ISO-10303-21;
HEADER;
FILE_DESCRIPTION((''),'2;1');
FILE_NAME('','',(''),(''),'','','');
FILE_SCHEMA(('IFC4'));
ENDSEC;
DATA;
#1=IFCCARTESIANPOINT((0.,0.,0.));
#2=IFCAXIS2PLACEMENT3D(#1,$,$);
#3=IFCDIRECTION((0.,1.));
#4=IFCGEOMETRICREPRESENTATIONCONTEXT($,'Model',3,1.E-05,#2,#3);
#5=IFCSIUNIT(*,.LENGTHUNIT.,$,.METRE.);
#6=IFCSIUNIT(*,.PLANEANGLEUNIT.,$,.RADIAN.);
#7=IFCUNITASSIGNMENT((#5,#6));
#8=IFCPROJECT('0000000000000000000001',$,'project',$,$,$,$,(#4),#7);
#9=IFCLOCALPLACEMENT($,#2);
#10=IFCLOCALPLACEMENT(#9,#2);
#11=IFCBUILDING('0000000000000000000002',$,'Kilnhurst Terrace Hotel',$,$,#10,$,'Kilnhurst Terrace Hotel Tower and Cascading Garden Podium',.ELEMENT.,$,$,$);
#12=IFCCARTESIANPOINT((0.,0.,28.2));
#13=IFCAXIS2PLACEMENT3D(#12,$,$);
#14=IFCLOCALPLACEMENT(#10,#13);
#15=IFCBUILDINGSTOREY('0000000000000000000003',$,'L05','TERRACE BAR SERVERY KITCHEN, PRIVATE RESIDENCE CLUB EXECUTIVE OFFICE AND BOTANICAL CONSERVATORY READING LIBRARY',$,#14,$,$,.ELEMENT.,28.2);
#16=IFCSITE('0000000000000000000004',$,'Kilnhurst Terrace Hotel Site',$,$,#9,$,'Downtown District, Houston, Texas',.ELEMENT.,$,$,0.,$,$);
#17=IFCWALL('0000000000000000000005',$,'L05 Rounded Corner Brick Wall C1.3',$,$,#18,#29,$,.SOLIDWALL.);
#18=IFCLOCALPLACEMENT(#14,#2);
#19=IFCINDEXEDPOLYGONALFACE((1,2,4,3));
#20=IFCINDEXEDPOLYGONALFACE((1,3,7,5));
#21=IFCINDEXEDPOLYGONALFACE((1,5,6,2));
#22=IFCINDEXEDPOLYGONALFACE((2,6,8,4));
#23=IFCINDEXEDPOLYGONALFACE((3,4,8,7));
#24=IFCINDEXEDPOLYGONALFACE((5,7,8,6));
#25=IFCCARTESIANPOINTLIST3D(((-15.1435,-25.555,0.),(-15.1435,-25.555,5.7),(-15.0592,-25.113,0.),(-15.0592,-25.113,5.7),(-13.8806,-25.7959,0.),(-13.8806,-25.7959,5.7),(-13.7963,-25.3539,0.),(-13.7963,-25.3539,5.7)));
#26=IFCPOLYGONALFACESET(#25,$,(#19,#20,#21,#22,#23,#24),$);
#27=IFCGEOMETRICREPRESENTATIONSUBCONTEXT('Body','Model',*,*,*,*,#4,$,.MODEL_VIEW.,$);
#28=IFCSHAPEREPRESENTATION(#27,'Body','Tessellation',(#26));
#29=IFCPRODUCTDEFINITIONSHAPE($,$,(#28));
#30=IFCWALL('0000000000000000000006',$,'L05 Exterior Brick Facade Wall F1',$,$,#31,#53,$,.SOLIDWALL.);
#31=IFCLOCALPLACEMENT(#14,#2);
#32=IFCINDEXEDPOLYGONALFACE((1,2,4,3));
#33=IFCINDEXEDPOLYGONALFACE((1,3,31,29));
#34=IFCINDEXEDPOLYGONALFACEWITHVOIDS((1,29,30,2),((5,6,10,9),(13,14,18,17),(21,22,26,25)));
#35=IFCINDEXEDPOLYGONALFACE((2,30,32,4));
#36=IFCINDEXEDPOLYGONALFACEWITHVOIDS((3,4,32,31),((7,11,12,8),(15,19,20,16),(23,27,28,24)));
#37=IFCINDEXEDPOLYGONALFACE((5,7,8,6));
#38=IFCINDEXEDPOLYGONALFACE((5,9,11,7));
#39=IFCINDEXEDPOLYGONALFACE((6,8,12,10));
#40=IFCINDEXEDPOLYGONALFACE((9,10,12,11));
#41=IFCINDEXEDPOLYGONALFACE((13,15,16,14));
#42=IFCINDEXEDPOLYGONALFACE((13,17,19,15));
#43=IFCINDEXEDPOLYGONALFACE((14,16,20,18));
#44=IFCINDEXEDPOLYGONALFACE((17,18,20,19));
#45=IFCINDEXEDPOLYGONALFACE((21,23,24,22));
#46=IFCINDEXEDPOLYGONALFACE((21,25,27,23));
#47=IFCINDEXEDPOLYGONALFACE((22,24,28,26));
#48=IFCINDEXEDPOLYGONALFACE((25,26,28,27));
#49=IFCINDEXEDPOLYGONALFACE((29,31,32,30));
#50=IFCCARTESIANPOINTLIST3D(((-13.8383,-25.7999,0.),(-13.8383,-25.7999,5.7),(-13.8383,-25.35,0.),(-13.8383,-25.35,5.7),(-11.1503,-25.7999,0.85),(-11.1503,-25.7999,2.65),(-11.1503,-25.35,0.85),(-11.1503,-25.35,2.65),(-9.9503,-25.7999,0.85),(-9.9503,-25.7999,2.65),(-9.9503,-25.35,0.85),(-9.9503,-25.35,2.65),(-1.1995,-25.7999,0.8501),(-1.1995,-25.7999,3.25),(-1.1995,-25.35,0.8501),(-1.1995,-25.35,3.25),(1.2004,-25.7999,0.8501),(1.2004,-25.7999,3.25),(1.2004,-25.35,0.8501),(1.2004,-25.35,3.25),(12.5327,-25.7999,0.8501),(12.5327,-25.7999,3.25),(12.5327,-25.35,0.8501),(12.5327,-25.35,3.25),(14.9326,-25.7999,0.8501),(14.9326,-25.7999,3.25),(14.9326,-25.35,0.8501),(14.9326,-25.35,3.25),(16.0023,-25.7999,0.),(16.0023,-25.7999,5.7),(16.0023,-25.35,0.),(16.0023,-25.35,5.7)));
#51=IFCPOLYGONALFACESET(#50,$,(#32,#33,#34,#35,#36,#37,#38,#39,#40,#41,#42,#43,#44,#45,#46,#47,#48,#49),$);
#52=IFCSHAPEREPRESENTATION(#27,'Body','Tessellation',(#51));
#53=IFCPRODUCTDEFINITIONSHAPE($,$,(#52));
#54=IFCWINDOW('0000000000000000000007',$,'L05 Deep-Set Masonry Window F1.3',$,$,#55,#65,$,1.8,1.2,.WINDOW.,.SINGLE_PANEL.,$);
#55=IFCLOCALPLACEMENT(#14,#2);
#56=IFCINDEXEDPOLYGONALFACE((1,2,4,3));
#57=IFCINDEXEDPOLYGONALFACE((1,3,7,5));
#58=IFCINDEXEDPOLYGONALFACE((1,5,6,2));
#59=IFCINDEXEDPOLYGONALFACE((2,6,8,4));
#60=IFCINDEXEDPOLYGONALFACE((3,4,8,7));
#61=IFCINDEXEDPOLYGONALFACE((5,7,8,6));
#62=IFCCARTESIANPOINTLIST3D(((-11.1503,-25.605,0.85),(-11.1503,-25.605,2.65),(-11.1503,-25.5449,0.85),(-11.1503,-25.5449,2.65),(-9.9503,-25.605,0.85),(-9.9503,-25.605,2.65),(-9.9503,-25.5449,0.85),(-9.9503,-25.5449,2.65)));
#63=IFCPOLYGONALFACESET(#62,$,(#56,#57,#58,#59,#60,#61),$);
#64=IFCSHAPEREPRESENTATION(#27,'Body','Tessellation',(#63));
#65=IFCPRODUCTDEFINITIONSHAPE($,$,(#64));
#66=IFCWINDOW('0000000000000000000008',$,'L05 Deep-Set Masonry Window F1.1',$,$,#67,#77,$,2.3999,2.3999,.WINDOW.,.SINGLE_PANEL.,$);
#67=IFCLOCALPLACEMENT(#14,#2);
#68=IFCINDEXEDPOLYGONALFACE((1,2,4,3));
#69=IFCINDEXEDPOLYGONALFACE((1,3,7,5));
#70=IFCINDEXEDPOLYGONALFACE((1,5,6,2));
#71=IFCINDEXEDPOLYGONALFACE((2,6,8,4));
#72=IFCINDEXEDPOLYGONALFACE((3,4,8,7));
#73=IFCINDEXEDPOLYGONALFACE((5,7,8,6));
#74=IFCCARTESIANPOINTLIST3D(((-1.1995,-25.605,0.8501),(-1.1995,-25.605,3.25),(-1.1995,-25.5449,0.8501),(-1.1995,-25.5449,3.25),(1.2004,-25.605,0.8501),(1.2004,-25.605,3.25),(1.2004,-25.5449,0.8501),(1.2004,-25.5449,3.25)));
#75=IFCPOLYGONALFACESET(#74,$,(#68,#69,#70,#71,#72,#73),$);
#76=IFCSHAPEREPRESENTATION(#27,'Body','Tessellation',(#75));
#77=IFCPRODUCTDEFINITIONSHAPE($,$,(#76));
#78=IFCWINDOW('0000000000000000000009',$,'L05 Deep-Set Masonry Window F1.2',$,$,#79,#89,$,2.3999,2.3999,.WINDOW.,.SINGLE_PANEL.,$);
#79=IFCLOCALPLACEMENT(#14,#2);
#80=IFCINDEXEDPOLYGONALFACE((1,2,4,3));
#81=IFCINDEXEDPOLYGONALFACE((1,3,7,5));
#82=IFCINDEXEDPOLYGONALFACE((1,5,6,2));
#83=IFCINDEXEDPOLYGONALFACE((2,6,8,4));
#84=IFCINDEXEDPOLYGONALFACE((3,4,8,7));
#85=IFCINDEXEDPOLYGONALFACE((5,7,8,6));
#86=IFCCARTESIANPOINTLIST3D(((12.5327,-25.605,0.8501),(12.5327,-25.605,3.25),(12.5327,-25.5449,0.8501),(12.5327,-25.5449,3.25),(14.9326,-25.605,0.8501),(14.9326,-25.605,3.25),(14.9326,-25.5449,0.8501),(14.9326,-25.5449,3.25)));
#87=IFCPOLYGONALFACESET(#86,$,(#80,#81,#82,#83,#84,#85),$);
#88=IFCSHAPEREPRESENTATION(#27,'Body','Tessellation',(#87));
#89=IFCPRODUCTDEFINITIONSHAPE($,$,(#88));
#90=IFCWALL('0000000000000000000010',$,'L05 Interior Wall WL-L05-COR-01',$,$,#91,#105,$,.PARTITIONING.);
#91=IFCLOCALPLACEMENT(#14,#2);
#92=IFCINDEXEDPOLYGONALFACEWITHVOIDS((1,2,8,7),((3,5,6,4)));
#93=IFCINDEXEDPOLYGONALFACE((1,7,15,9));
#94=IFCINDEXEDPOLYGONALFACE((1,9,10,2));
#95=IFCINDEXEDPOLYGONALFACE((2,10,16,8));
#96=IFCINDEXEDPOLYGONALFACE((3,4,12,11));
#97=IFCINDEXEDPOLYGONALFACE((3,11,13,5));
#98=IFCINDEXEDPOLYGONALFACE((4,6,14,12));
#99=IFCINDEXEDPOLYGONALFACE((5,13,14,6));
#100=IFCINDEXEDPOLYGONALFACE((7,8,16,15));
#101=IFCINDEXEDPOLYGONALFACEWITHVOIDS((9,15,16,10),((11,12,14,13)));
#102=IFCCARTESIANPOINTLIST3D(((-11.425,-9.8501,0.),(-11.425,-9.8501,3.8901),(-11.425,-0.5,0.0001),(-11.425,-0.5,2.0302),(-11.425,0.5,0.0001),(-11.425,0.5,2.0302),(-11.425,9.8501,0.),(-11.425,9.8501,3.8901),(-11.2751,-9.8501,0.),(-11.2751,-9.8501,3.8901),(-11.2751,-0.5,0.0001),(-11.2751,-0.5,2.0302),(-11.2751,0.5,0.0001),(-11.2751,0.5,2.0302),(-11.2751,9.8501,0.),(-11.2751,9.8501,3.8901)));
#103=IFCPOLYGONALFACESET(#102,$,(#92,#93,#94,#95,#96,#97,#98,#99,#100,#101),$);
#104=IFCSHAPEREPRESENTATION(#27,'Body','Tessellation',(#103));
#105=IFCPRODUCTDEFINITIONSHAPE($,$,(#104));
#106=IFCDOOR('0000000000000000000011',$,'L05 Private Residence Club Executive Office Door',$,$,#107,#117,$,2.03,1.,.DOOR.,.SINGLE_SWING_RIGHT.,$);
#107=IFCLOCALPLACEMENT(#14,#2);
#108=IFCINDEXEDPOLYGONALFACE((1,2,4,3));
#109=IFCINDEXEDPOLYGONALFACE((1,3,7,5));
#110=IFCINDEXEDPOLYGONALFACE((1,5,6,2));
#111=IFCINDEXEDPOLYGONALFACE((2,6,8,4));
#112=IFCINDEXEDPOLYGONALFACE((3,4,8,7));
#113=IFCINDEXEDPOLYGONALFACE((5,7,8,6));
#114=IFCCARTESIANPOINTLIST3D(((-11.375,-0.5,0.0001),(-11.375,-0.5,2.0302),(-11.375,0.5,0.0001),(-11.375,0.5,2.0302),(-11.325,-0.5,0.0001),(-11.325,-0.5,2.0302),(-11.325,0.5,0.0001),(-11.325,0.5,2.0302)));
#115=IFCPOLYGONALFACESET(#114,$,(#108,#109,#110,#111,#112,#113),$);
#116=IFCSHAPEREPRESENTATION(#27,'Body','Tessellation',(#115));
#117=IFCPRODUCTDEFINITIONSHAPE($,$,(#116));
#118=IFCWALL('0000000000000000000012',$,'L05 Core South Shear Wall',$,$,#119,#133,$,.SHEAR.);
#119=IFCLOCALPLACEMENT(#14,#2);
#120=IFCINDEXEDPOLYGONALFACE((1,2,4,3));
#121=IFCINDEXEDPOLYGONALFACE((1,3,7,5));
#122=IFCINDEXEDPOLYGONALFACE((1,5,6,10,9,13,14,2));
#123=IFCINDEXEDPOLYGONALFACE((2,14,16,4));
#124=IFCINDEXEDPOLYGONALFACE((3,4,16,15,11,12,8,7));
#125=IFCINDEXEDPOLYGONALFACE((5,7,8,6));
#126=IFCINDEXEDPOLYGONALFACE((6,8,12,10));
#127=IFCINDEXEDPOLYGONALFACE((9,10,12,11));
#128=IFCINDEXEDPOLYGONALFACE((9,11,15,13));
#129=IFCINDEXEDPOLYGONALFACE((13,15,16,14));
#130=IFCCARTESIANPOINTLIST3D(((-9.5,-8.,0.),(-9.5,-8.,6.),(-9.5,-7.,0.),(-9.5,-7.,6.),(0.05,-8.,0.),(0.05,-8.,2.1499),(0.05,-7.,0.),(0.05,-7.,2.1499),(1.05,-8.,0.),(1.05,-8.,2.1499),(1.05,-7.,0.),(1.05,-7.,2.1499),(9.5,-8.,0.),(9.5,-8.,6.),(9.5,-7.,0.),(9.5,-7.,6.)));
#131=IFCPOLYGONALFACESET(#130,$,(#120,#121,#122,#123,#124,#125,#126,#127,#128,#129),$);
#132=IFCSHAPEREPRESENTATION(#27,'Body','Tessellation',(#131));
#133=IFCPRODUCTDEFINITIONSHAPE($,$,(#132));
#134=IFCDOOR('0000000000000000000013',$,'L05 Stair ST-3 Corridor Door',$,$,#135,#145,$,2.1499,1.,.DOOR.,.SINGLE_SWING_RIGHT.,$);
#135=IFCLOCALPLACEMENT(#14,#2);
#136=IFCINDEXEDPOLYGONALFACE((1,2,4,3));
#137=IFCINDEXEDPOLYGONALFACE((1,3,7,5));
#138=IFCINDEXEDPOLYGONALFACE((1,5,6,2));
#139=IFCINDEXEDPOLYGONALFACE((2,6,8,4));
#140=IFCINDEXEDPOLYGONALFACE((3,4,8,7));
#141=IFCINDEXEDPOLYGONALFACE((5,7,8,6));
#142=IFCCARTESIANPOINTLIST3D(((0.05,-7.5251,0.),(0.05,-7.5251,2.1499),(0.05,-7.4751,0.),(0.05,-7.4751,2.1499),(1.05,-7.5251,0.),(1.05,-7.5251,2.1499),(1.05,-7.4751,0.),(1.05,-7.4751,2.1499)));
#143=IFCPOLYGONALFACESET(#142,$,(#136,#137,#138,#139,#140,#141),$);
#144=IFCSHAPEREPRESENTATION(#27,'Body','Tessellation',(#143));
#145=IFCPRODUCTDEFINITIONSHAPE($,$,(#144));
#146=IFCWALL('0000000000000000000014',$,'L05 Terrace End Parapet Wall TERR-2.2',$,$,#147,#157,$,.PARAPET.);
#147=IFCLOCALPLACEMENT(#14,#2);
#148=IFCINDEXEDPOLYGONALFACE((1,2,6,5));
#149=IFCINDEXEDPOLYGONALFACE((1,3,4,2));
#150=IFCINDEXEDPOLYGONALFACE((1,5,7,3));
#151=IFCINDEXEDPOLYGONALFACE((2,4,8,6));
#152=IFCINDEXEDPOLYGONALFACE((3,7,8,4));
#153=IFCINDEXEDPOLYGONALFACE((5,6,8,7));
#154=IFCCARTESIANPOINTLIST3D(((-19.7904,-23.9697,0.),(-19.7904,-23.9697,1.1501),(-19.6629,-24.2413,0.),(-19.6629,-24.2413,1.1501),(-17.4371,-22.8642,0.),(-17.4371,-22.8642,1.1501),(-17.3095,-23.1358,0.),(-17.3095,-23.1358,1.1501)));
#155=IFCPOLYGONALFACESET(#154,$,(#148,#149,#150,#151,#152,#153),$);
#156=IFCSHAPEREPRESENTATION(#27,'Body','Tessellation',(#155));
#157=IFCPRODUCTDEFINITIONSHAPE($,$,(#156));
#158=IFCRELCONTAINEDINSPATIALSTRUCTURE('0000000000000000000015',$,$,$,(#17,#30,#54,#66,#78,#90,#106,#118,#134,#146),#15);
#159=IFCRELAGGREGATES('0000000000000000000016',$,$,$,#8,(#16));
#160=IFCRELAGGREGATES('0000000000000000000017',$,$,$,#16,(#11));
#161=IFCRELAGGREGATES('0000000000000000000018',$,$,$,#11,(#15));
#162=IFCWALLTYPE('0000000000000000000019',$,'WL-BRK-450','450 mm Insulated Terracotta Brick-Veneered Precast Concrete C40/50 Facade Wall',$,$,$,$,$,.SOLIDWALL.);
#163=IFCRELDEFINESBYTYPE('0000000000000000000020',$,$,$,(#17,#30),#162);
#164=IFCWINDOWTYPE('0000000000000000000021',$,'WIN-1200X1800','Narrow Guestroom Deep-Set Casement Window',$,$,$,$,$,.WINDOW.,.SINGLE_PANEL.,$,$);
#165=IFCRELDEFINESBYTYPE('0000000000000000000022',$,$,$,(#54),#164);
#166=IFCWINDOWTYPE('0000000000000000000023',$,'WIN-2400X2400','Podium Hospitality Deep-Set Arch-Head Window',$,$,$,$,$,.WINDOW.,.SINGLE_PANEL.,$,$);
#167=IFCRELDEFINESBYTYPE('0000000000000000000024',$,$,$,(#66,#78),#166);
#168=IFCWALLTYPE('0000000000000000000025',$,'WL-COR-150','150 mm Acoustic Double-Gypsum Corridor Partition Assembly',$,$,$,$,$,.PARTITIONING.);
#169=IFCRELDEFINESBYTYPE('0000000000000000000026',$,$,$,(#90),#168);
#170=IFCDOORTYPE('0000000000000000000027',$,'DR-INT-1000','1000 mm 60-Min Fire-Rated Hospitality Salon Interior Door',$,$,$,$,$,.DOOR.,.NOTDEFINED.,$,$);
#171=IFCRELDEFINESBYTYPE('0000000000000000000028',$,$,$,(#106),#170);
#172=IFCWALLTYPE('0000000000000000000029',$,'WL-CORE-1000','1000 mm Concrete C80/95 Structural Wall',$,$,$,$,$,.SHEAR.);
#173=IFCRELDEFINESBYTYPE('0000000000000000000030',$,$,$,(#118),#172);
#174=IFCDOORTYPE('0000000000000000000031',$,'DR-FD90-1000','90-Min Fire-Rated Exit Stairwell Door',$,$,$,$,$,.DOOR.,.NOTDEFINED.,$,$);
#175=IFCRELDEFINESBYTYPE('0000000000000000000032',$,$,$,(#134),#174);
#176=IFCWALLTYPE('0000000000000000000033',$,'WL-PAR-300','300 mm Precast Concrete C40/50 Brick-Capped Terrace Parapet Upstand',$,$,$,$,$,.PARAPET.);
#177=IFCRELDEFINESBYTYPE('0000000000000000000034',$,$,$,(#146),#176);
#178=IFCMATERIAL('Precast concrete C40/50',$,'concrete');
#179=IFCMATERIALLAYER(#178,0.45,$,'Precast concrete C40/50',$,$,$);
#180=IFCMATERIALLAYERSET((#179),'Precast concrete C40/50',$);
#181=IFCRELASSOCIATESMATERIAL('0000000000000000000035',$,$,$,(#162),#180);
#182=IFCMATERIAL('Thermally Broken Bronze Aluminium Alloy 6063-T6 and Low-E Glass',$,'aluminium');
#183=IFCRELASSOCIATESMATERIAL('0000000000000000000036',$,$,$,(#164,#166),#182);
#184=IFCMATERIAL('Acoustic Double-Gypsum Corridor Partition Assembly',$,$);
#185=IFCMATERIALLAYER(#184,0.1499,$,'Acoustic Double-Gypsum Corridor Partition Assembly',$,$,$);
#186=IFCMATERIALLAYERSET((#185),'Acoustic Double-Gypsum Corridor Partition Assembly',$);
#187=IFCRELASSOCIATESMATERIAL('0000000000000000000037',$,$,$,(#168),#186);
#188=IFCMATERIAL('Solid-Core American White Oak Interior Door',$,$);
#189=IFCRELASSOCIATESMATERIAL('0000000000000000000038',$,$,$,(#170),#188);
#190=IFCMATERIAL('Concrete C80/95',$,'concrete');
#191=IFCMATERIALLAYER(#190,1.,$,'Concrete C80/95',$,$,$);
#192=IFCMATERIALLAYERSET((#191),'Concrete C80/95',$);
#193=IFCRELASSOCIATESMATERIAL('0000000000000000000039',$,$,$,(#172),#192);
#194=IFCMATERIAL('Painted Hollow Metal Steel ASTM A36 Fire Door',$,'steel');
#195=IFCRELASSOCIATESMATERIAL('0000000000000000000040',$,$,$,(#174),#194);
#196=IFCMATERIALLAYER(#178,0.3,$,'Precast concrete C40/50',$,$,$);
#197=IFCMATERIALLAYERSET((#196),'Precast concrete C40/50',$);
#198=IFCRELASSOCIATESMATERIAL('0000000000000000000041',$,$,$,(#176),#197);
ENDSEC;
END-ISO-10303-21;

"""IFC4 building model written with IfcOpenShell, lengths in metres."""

from ifc_helpers import new_model, si_unit, direction, frame, frame_2d, origin, place, context, subcontext, project, spatial, rectangle, extrude, material, layer, layer_set, type_object, element, fill, save


model = new_model("IFC4")

# Units and contexts
model_context = context("Model", 3, precision=1e-05, world=origin(), true_north=direction((0.0, 1.0)))
body_context = subcontext(model_context, "Body", "Model", "MODEL_VIEW")
ifc_project = project(units=[si_unit("LENGTHUNIT", "METRE"), si_unit("PLANEANGLEUNIT", "RADIAN")], contexts=[model_context])

# Site, building, storey
site_placement = place(None, origin())
site = spatial("IfcSite", under=ifc_project, at=site_placement, Name="Kilnhurst Terrace Hotel Site", LongName="Downtown District, Houston, Texas", CompositionType="ELEMENT", RefElevation=0.0)
building_placement = place(site_placement, origin())
building = spatial("IfcBuilding", under=site, at=building_placement, Name="Kilnhurst Terrace Hotel", LongName="Kilnhurst Terrace Hotel Tower and Cascading Garden Podium", CompositionType="ELEMENT")
storey_placement = place(building_placement, frame((0.0, 0.0, 28.2)))
storey = spatial("IfcBuildingStorey", under=building, at=storey_placement, Name="L05", Description="TERRACE BAR SERVERY KITCHEN, PRIVATE RESIDENCE CLUB EXECUTIVE OFFICE AND BOTANICAL CONSERVATORY READING LIBRARY", CompositionType="ELEMENT", Elevation=28.2)

# Shared definitions
ifc_material_1 = material(Name="Concrete C80/95", Category="concrete")

# Wall
ifc_material_2 = material(Name="Precast concrete C40/50", Category="concrete")
ifc_layer_1 = layer(ifc_material_2, 0.45, Name="Precast concrete C40/50")
ifc_layer_set_1 = layer_set([ifc_layer_1], Name="Precast concrete C40/50")
wall_type_1 = type_object("IfcWallType", Name="WL-BRK-450", Description="450 mm Insulated Terracotta Brick-Veneered Precast Concrete C40/50 Facade Wall", PredefinedType="SOLIDWALL", material=ifc_layer_set_1)
wall_1_placement = place(storey_placement, frame((-15.1013, -25.334, 0.0), z_axis=(0.0, 0.0, 1.0), x_axis=(0.98228, -0.187417, 0.0)))
element("IfcWall", 1, at=wall_1_placement, inside=storey, type_object=wall_type_1, Name="L05 Rounded Corner Brick Wall C1.3", PredefinedType="SOLIDWALL", context=body_context, shape_type="SweptSolid", body=[
    extrude(rectangle(XDim=1.2856, YDim=0.45, at=frame_2d((0.6428, 0.0))), origin(), (0.0, 0.0, 1.0), 5.7),
])

# Wall, openings, windows
wall_2_placement = place(storey_placement, frame((-13.8384, -25.575, 0.0), z_axis=(0.0, 0.0, 1.0), x_axis=(1.0, 0.0, 0.0)))
wall_2 = element("IfcWall", 2, at=wall_2_placement, inside=storey, type_object=wall_type_1, Name="L05 Exterior Brick Facade Wall F1", PredefinedType="SOLIDWALL", context=body_context, shape_type="SweptSolid", body=[
    extrude(rectangle(XDim=29.8406, YDim=0.45, at=frame_2d((14.9204, 0.0))), origin(), (0.0, 0.0, 1.0), 5.7),
])
opening_1_placement = place(wall_2_placement, frame((12.6389, 0.0, 0.8501)))
opening_1 = element("IfcOpeningElement", 3, at=opening_1_placement, cuts=wall_2, PredefinedType="OPENING", context=body_context, shape_type="SweptSolid", body=[
    extrude(rectangle(XDim=2.3999, YDim=2.3999, at=frame_2d((1.2, 1.2))), frame((0.0, 0.2349, 0.0), z_axis=(0.0, -1.0, 0.0), x_axis=(1.0, 0.0, 0.0)), (0.0, 0.0, 1.0), 0.47),
])
opening_2_placement = place(wall_2_placement, frame((26.3711, 0.0, 0.8501)))
opening_2 = element("IfcOpeningElement", 4, at=opening_2_placement, cuts=wall_2, PredefinedType="OPENING", context=body_context, shape_type="SweptSolid", body=[
    extrude(rectangle(XDim=2.3999, YDim=2.3999, at=frame_2d((1.2, 1.2))), frame((0.0, 0.2349, 0.0), z_axis=(0.0, -1.0, 0.0), x_axis=(1.0, 0.0, 0.0)), (0.0, 0.0, 1.0), 0.47),
])
opening_3_placement = place(wall_2_placement, frame((2.688, 0.0, 0.8501)))
opening_3 = element("IfcOpeningElement", 5, at=opening_3_placement, cuts=wall_2, PredefinedType="OPENING", context=body_context, shape_type="SweptSolid", body=[
    extrude(rectangle(XDim=1.2, YDim=1.8, at=frame_2d((0.6001, 0.8999))), frame((0.0, 0.2349, 0.0), z_axis=(0.0, -1.0, 0.0), x_axis=(1.0, 0.0, 0.0)), (0.0, 0.0, 1.0), 0.47),
])
ifc_material_3 = material(Name="Thermally Broken Bronze Aluminium Alloy 6063-T6 and Low-E Glass", Category="aluminium")
window_type_1 = type_object("IfcWindowType", Name="WIN-1200X1800", Description="Narrow Guestroom Deep-Set Casement Window", PartitioningType="SINGLE_PANEL", PredefinedType="WINDOW", material=ifc_material_3)
window_1_placement = place(opening_3_placement, origin())
window_1 = element("IfcWindow", 6, at=window_1_placement, inside=storey, type_object=window_type_1, Name="L05 Deep-Set Masonry Window F1.3", OverallHeight=1.8, OverallWidth=1.2, PartitioningType="SINGLE_PANEL", PredefinedType="WINDOW", context=body_context, shape_type="SweptSolid", body=[
    extrude(rectangle(XDim=1.2, YDim=1.8, at=frame_2d((0.6001, 0.8999))), frame((0.0, 0.03, 0.0), z_axis=(0.0, -1.0, 0.0), x_axis=(1.0, 0.0, 0.0)), (0.0, 0.0, 1.0), 0.0601),
])
fill(opening_3, window_1)
window_type_2 = type_object("IfcWindowType", Name="WIN-2400X2400", Description="Podium Hospitality Deep-Set Arch-Head Window", PartitioningType="SINGLE_PANEL", PredefinedType="WINDOW", material=ifc_material_3)
window_2_placement = place(opening_1_placement, origin())
window_2 = element("IfcWindow", 7, at=window_2_placement, inside=storey, type_object=window_type_2, Name="L05 Deep-Set Masonry Window F1.1", OverallHeight=2.3999, OverallWidth=2.3999, PartitioningType="SINGLE_PANEL", PredefinedType="WINDOW", context=body_context, shape_type="SweptSolid", body=[
    extrude(rectangle(XDim=2.3999, YDim=2.3999, at=frame_2d((1.2, 1.2))), frame((0.0, 0.03, 0.0), z_axis=(0.0, -1.0, 0.0), x_axis=(1.0, 0.0, 0.0)), (0.0, 0.0, 1.0), 0.0601),
])
fill(opening_1, window_2)
window_3_placement = place(opening_2_placement, origin())
window_3 = element("IfcWindow", 8, at=window_3_placement, inside=storey, type_object=window_type_2, Name="L05 Deep-Set Masonry Window F1.2", OverallHeight=2.3999, OverallWidth=2.3999, PartitioningType="SINGLE_PANEL", PredefinedType="WINDOW", context=body_context, shape_type="SweptSolid", body=[
    extrude(rectangle(XDim=2.3999, YDim=2.3999, at=frame_2d((1.2, 1.2))), frame((0.0, 0.03, 0.0), z_axis=(0.0, -1.0, 0.0), x_axis=(1.0, 0.0, 0.0)), (0.0, 0.0, 1.0), 0.0601),
])
fill(opening_2, window_3)

# Walls, openings, doors
ifc_material_4 = material(Name="Acoustic Double-Gypsum Corridor Partition Assembly")
ifc_layer_2 = layer(ifc_material_4, 0.1499, Name="Acoustic Double-Gypsum Corridor Partition Assembly")
ifc_layer_set_2 = layer_set([ifc_layer_2], Name="Acoustic Double-Gypsum Corridor Partition Assembly")
wall_type_2 = type_object("IfcWallType", Name="WL-COR-150", Description="150 mm Acoustic Double-Gypsum Corridor Partition Assembly", PredefinedType="PARTITIONING", material=ifc_layer_set_2)
wall_3_placement = place(storey_placement, frame((-11.3501, -9.8501, 0.0), z_axis=(0.0, 0.0, 1.0), x_axis=(0.0, 1.0, 0.0)))
wall_3 = element("IfcWall", 9, at=wall_3_placement, inside=storey, type_object=wall_type_2, Name="L05 Interior Wall WL-L05-COR-01", PredefinedType="PARTITIONING", context=body_context, shape_type="SweptSolid", body=[
    extrude(rectangle(XDim=19.7002, YDim=0.1499, at=frame_2d((9.8501, 0.0))), origin(), (0.0, 0.0, 1.0), 3.8901),
])
opening_4_placement = place(wall_3_placement, frame((9.3501, 0.0, 0.0)))
opening_4 = element("IfcOpeningElement", 10, at=opening_4_placement, cuts=wall_3, PredefinedType="OPENING", context=body_context, shape_type="SweptSolid", body=[
    extrude(rectangle(XDim=1.0, YDim=2.03, at=frame_2d((0.5, 1.0151))), frame((0.0, 0.085, 0.0), z_axis=(0.0, -1.0, 0.0), x_axis=(1.0, 0.0, 0.0)), (0.0, 0.0, 1.0), 0.1699),
])
ifc_material_5 = material(Name="Solid-Core American White Oak Interior Door")
door_type_1 = type_object("IfcDoorType", Name="DR-INT-1000", Description="1000 mm 60-Min Fire-Rated Hospitality Salon Interior Door", OperationType="NOTDEFINED", PredefinedType="DOOR", material=ifc_material_5)
door_1_placement = place(opening_4_placement, origin())
door_1 = element("IfcDoor", 11, at=door_1_placement, inside=storey, type_object=door_type_1, Name="L05 Private Residence Club Executive Office Door", OperationType="SINGLE_SWING_RIGHT", OverallHeight=2.03, OverallWidth=1.0, PredefinedType="DOOR", context=body_context, shape_type="SweptSolid", body=[
    extrude(rectangle(XDim=1.0, YDim=2.03, at=frame_2d((0.5, 1.0151))), frame((0.0, 0.0249, 0.0), z_axis=(0.0, -1.0, 0.0), x_axis=(1.0, 0.0, 0.0)), (0.0, 0.0, 1.0), 0.05),
])
fill(opening_4, door_1)
ifc_layer_3 = layer(ifc_material_1, 1.0, Name="Concrete C80/95")
ifc_layer_set_3 = layer_set([ifc_layer_3], Name="Concrete C80/95")
wall_type_3 = type_object("IfcWallType", Name="WL-CORE-1000", Description="1000 mm Concrete C80/95 Structural Wall", PredefinedType="SHEAR", material=ifc_layer_set_3)
wall_4_placement = place(storey_placement, frame((-9.5, -7.5, 0.0), z_axis=(0.0, 0.0, 1.0), x_axis=(1.0, 0.0, 0.0)))
wall_4 = element("IfcWall", 12, at=wall_4_placement, inside=storey, type_object=wall_type_3, Name="L05 Core South Shear Wall", PredefinedType="SHEAR", context=body_context, shape_type="SweptSolid", body=[
    extrude(rectangle(XDim=19.0, YDim=1.0, at=frame_2d((9.5, 0.0))), origin(), (0.0, 0.0, 1.0), 6.0),
])
opening_5_placement = place(wall_4_placement, frame((9.55, 0.0, 0.0)))
opening_5 = element("IfcOpeningElement", 13, at=opening_5_placement, cuts=wall_4, PredefinedType="OPENING", context=body_context, shape_type="SweptSolid", body=[
    extrude(rectangle(XDim=1.0, YDim=2.1499, at=frame_2d((0.5, 1.075))), frame((0.0, 0.51, 0.0), z_axis=(0.0, -1.0, 0.0), x_axis=(1.0, 0.0, 0.0)), (0.0, 0.0, 1.0), 1.02),
])
ifc_material_6 = material(Name="Painted Hollow Metal Steel ASTM A36 Fire Door", Category="steel")
door_type_2 = type_object("IfcDoorType", Name="DR-FD90-1000", Description="90-Min Fire-Rated Exit Stairwell Door", OperationType="NOTDEFINED", PredefinedType="DOOR", material=ifc_material_6)
door_2_placement = place(opening_5_placement, origin())
door_2 = element("IfcDoor", 14, at=door_2_placement, inside=storey, type_object=door_type_2, Name="L05 Stair ST-3 Corridor Door", OperationType="SINGLE_SWING_RIGHT", OverallHeight=2.1499, OverallWidth=1.0, PredefinedType="DOOR", context=body_context, shape_type="SweptSolid", body=[
    extrude(rectangle(XDim=1.0, YDim=2.1499, at=frame_2d((0.5, 1.075))), frame((0.0, 0.0249, 0.0), z_axis=(0.0, -1.0, 0.0), x_axis=(1.0, 0.0, 0.0)), (0.0, 0.0, 1.0), 0.05),
])
fill(opening_5, door_2)

# Wall
ifc_layer_4 = layer(ifc_material_2, 0.3, Name="Precast concrete C40/50")
ifc_layer_set_4 = layer_set([ifc_layer_4], Name="Precast concrete C40/50")
wall_type_4 = type_object("IfcWallType", Name="WL-PAR-300", Description="300 mm Precast Concrete C40/50 Brick-Capped Terrace Parapet Upstand", PredefinedType="PARAPET", material=ifc_layer_set_4)
wall_5_placement = place(storey_placement, frame((-17.3733, -23.0, 0.0), z_axis=(0.0, 0.0, 1.0), x_axis=(-0.905108, -0.425182, 0.0)))
element("IfcWall", 15, at=wall_5_placement, inside=storey, type_object=wall_type_4, Name="L05 Terrace End Parapet Wall TERR-2.2", PredefinedType="PARAPET", context=body_context, shape_type="SweptSolid", body=[
    extrude(rectangle(XDim=2.6001, YDim=0.3, at=frame_2d((1.3, 0.0))), origin(), (0.0, 0.0, 1.0), 1.1501),
])

save(model, "model.ifc")
